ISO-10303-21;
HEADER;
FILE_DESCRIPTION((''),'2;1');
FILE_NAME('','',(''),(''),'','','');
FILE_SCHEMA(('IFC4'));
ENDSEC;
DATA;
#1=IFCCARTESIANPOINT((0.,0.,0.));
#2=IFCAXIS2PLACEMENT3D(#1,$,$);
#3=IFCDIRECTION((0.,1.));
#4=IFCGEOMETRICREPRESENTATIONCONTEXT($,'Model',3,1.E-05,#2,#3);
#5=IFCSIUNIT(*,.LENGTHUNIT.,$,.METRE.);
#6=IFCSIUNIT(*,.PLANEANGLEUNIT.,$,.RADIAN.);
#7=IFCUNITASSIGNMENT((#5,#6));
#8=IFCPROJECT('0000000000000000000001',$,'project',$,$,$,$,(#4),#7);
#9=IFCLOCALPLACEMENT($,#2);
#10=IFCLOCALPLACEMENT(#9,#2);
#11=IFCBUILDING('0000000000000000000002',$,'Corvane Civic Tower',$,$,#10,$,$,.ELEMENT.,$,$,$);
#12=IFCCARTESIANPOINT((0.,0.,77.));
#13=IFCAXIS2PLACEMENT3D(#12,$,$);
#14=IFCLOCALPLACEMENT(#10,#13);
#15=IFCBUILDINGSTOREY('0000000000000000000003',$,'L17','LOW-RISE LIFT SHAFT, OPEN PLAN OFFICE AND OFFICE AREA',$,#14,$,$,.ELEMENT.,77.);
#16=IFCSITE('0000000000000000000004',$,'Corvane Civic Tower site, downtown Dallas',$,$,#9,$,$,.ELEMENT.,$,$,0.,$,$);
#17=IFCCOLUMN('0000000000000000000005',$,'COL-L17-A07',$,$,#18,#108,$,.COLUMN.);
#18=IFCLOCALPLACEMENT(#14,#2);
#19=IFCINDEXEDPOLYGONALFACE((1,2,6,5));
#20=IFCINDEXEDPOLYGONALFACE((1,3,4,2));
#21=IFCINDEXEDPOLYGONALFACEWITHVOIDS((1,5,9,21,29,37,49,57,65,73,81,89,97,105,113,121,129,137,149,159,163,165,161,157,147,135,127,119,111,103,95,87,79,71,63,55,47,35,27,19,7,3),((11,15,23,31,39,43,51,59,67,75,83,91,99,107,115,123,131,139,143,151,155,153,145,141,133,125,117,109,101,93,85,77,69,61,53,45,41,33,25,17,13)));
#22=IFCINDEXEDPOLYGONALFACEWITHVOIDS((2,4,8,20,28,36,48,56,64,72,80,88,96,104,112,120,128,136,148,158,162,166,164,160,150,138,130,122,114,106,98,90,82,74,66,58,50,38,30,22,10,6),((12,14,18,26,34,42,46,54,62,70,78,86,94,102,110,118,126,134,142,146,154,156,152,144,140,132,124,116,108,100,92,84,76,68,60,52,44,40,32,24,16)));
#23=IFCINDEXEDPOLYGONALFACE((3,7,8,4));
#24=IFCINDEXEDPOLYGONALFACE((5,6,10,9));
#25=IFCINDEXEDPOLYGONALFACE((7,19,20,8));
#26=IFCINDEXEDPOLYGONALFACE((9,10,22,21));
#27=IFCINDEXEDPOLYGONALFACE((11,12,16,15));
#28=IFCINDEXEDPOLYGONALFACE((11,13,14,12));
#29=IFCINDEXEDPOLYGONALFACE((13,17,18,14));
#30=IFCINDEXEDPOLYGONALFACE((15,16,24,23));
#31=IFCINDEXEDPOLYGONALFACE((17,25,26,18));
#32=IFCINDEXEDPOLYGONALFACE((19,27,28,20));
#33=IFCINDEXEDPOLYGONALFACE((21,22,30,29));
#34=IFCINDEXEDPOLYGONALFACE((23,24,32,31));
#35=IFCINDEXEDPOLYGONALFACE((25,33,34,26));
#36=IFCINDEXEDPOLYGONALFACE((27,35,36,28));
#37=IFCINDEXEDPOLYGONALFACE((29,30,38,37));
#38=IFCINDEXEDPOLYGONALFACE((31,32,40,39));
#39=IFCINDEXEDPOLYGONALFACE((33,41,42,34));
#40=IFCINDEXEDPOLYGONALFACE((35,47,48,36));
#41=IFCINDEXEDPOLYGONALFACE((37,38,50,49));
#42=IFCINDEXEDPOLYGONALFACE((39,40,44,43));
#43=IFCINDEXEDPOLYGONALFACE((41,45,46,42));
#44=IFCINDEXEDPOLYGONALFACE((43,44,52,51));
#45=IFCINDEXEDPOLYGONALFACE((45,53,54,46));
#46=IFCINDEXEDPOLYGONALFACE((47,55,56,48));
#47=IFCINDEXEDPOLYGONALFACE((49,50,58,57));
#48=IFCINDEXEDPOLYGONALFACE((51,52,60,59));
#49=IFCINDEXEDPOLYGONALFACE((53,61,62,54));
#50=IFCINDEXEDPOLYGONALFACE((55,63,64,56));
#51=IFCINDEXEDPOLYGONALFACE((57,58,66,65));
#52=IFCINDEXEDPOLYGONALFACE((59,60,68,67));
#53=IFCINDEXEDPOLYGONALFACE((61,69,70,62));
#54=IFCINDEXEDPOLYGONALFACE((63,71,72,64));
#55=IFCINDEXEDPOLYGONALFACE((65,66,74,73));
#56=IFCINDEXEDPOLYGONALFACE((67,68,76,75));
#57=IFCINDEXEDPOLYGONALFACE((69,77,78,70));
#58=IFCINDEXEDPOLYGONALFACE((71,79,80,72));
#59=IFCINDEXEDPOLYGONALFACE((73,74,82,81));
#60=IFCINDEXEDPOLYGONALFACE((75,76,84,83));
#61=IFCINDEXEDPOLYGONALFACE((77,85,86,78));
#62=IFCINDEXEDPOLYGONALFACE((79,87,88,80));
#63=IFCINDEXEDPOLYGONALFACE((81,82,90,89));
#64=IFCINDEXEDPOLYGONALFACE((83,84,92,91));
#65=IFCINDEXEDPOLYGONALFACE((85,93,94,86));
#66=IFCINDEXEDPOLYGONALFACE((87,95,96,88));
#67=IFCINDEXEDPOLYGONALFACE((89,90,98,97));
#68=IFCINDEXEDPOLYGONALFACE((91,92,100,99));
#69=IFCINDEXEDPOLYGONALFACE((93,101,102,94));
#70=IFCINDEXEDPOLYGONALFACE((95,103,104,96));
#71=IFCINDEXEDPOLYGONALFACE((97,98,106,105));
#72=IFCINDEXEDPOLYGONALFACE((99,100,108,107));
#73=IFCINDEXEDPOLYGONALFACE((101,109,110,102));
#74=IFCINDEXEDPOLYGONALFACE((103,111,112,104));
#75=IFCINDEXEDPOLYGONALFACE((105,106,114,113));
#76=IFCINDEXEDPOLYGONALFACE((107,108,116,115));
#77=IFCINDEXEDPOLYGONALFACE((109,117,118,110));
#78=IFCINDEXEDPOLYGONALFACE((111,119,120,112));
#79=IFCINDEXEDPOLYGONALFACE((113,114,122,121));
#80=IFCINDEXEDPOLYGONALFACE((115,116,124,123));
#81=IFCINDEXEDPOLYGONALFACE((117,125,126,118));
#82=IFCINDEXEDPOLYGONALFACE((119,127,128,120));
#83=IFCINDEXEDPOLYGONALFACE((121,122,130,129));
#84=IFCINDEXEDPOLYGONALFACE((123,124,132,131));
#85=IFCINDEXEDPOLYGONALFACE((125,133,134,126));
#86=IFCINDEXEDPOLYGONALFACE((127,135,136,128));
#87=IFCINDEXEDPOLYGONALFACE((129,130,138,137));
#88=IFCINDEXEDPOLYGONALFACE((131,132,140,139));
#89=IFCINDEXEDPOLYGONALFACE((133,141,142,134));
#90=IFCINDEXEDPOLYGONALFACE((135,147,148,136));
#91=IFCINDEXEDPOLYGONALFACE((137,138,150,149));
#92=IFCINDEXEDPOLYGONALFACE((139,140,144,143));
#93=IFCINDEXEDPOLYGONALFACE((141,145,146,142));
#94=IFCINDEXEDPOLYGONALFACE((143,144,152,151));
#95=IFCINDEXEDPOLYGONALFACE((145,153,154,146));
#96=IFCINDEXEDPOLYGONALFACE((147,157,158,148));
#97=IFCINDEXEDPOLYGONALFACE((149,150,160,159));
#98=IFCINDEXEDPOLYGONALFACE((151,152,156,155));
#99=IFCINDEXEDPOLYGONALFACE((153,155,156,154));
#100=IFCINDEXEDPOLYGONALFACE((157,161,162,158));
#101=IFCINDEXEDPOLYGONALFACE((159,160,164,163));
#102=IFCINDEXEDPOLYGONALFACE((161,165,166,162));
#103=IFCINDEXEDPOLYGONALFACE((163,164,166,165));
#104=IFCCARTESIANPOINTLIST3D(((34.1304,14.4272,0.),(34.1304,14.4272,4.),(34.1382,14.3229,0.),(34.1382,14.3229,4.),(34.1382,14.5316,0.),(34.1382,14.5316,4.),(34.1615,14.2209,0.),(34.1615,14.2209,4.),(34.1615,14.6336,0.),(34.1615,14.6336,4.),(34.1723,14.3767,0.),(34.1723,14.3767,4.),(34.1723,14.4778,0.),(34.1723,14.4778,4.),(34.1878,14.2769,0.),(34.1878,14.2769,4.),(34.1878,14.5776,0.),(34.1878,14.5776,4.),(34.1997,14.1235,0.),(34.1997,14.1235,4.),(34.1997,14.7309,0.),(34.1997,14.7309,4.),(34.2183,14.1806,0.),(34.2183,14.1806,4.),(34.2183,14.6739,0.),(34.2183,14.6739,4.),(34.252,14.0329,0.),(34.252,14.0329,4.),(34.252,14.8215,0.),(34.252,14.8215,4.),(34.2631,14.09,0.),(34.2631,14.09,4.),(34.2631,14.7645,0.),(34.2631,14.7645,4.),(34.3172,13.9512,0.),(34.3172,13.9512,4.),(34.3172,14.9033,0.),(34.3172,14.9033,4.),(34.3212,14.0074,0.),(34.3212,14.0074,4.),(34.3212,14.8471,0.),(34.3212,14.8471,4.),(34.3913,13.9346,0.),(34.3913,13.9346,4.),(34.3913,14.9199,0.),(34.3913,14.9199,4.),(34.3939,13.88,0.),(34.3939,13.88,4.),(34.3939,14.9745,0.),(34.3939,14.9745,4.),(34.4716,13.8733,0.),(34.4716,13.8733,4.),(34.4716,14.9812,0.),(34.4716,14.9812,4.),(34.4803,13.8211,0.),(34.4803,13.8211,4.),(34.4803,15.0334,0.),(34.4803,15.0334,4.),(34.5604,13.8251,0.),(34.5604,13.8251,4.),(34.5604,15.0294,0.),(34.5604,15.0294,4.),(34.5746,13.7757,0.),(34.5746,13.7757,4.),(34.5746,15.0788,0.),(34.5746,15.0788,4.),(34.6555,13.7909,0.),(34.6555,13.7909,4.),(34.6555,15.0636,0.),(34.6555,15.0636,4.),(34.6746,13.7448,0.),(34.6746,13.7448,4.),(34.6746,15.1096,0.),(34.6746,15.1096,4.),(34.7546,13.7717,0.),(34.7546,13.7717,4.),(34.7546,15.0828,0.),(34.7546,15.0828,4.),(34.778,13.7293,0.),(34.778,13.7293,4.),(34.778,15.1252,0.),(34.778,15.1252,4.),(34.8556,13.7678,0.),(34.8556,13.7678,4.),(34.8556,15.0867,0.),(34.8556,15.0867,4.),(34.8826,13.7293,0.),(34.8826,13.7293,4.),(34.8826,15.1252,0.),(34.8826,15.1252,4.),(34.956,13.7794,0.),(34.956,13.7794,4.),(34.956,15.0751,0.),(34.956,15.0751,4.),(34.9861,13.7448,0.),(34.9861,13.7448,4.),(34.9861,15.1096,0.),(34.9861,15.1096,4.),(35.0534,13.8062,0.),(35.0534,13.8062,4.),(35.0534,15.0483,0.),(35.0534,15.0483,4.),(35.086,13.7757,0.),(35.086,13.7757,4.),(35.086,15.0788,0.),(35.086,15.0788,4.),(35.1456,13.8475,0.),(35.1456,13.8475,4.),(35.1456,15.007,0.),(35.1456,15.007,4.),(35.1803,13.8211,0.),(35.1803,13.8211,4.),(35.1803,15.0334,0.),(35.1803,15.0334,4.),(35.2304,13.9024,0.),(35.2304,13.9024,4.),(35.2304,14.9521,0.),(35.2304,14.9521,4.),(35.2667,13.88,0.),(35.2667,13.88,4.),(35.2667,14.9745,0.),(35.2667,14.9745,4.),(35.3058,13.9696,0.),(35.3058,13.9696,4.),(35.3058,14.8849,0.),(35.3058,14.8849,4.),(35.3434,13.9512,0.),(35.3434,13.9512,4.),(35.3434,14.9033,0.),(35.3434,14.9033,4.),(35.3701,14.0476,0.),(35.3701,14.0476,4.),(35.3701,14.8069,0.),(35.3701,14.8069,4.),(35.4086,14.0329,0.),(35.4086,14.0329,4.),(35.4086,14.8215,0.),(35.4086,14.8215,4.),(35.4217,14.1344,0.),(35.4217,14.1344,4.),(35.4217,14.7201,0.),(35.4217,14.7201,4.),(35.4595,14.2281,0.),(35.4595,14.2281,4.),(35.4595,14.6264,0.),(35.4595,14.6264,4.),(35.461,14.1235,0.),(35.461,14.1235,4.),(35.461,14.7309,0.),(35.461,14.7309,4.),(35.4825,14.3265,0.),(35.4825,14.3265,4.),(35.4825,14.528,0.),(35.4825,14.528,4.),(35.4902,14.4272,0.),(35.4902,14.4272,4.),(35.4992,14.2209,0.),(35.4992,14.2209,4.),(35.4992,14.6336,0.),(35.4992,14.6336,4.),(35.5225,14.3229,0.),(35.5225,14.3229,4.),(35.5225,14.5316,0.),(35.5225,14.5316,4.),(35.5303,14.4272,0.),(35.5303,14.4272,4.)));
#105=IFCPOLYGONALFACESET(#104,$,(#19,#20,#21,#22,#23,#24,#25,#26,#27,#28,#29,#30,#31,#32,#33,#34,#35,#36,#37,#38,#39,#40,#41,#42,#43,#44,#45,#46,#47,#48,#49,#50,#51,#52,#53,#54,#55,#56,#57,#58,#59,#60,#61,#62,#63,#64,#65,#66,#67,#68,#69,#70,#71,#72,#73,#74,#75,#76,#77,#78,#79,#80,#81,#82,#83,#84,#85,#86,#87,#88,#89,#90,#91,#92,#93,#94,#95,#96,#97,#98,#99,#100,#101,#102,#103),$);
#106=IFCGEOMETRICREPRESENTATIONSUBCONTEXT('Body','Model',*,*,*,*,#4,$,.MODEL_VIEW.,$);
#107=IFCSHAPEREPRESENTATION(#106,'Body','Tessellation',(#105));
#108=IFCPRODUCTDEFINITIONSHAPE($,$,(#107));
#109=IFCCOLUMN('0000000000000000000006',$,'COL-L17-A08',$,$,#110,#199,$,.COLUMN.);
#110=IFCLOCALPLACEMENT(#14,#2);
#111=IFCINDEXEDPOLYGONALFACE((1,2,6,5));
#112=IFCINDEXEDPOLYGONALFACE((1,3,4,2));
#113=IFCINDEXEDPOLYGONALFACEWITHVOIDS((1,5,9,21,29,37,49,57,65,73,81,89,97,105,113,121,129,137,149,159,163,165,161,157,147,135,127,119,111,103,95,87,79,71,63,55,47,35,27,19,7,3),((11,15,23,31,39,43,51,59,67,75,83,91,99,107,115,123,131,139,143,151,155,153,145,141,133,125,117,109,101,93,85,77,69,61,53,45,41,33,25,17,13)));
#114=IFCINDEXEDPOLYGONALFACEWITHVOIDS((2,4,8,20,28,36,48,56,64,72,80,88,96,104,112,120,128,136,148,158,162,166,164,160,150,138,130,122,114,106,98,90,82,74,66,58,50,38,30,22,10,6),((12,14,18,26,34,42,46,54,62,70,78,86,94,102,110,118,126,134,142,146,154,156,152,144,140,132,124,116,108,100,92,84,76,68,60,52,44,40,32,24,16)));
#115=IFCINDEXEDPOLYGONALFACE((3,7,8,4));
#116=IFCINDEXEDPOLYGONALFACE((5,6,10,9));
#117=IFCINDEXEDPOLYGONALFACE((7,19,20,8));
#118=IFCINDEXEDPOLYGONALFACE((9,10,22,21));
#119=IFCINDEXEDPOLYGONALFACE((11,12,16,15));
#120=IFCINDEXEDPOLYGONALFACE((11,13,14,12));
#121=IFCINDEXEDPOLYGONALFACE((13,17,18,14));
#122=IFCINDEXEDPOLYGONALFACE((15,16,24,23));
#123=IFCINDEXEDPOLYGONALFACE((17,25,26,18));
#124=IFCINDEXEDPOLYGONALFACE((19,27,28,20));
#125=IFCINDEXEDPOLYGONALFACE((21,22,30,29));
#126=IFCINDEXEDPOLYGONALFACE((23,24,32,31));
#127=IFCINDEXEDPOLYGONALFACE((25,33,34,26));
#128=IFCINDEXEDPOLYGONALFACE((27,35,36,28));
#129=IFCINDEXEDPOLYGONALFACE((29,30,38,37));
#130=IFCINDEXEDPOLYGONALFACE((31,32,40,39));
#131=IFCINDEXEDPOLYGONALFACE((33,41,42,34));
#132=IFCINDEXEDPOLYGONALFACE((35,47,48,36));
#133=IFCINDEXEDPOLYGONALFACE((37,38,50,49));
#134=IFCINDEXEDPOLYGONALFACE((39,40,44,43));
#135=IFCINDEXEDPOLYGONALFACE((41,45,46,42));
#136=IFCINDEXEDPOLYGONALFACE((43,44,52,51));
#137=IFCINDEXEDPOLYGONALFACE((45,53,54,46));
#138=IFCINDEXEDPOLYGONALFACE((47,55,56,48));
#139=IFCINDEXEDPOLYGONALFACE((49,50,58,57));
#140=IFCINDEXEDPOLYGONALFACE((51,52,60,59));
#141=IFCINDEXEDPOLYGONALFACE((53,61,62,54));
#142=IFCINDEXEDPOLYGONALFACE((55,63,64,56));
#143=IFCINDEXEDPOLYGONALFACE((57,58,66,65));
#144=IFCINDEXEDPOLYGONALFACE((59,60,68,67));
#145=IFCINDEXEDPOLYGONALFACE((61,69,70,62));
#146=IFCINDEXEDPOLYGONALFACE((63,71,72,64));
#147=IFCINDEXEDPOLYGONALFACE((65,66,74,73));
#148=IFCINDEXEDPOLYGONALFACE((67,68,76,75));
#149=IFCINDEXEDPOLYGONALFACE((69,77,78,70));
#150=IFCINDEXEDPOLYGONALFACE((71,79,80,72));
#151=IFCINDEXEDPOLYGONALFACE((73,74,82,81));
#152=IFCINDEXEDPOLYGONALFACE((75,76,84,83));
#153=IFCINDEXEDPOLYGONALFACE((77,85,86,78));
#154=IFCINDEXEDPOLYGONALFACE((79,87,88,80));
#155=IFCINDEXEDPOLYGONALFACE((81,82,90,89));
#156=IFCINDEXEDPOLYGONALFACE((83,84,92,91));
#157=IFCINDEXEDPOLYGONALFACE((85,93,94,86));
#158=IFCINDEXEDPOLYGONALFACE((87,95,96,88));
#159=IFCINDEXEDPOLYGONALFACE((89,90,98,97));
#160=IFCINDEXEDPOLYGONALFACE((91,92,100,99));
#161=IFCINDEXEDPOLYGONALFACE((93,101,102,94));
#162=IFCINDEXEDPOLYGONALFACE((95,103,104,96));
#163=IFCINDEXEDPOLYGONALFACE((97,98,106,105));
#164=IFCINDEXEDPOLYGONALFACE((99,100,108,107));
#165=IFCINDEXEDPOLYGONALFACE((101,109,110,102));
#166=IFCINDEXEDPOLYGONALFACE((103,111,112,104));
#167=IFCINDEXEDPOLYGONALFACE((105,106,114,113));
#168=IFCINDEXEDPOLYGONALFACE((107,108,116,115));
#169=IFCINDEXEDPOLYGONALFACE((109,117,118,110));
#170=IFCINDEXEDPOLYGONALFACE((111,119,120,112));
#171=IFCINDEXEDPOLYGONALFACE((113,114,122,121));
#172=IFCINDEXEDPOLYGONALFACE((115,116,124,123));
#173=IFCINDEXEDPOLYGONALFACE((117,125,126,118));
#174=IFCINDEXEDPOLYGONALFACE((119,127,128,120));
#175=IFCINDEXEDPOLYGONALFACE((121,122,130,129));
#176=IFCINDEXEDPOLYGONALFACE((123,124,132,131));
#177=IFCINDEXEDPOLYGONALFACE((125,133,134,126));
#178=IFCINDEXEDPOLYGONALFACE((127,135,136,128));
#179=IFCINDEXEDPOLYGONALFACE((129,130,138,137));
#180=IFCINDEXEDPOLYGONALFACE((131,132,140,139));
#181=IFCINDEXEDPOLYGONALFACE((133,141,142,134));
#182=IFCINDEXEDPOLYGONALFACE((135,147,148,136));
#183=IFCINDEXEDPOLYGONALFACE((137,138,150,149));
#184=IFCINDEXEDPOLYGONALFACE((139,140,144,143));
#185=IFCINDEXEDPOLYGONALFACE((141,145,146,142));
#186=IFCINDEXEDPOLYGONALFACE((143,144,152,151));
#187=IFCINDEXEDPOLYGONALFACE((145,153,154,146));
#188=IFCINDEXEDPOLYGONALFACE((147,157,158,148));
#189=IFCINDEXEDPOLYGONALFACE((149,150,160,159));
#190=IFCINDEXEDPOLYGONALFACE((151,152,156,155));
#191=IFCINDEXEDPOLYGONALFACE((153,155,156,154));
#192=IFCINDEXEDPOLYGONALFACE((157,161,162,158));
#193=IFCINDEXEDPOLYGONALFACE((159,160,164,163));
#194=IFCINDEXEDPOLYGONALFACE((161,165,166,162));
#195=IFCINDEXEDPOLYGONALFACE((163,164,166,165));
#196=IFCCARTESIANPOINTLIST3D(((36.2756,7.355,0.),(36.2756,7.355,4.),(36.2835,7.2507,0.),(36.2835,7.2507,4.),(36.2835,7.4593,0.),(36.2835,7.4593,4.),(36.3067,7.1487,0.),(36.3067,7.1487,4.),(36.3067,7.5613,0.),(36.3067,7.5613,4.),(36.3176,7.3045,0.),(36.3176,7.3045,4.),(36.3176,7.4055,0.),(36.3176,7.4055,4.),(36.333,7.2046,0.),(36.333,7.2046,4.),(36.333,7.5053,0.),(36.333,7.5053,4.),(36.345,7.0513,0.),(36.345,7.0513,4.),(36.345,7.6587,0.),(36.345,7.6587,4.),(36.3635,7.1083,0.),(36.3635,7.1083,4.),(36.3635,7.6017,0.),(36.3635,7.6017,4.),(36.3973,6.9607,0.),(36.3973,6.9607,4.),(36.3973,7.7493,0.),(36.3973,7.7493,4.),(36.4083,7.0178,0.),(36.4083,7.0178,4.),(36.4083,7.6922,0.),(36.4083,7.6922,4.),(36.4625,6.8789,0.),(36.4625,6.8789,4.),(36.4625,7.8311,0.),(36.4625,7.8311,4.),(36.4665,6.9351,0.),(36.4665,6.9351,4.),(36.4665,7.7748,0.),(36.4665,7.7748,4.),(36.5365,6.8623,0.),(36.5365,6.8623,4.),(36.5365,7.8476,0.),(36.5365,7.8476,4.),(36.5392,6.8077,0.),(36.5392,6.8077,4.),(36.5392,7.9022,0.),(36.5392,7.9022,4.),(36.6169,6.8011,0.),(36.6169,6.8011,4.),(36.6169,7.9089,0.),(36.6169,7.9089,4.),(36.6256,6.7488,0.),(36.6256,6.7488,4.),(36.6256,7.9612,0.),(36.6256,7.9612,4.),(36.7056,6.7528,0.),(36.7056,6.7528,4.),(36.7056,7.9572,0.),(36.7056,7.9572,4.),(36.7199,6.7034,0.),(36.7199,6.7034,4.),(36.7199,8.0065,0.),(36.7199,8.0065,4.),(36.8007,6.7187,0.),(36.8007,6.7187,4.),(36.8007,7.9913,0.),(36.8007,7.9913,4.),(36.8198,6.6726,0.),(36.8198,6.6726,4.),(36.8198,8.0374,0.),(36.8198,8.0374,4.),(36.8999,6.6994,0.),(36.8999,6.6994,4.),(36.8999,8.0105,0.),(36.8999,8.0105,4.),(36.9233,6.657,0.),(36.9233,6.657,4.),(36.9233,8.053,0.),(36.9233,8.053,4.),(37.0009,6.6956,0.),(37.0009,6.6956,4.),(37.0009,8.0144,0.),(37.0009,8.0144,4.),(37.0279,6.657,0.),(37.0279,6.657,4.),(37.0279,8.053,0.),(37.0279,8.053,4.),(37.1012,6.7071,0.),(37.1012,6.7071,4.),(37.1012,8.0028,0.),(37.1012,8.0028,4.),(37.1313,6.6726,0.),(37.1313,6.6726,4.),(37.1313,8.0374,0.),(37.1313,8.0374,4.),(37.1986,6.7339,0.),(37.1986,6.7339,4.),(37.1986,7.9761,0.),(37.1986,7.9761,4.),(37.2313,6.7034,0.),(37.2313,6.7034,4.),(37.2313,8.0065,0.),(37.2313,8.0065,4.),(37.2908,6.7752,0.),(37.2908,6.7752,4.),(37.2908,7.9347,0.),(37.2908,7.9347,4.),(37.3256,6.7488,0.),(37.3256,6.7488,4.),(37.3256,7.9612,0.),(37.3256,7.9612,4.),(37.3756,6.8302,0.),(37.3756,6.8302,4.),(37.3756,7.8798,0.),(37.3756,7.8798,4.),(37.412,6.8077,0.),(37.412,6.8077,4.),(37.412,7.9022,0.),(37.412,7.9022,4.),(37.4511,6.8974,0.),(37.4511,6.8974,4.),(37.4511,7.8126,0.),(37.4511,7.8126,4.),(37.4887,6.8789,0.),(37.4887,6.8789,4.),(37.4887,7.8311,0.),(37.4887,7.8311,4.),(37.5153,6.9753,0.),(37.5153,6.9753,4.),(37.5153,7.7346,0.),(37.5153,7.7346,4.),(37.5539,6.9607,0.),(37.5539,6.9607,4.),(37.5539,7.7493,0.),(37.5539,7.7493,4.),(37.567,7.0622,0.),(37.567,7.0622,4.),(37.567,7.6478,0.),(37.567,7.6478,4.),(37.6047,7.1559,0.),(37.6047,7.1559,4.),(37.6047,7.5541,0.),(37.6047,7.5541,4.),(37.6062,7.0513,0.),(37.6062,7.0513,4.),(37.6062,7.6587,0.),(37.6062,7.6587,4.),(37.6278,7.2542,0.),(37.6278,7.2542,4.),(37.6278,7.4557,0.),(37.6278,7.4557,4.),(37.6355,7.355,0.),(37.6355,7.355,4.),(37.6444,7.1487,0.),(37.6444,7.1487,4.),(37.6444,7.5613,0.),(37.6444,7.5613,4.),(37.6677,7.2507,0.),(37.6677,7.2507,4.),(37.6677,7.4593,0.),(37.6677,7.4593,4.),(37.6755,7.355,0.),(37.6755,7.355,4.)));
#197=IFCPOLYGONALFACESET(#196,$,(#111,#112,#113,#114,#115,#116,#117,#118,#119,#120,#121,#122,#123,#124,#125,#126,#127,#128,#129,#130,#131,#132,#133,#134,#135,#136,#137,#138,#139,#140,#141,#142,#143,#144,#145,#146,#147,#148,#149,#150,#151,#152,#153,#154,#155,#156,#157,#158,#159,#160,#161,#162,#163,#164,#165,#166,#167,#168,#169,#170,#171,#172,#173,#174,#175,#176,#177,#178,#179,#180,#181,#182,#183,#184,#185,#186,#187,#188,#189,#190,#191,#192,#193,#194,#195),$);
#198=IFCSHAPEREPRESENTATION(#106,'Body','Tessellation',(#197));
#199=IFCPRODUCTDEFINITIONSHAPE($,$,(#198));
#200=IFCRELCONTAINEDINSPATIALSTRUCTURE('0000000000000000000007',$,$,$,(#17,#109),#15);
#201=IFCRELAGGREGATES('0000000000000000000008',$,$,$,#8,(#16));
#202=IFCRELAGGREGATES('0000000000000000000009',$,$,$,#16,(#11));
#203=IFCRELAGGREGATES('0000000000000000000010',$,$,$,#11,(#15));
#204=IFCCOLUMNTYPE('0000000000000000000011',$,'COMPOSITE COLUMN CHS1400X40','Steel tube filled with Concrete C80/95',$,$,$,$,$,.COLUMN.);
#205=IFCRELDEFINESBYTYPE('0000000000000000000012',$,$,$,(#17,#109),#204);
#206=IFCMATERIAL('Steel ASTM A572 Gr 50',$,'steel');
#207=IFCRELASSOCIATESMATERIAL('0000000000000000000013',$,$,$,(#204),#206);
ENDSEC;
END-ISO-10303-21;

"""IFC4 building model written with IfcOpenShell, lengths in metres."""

from ifc_helpers import new_model, si_unit, direction, frame, origin, origin_2d, place, context, subcontext, project, spatial, hollow_circle, extrude, material, material_profile, profile_set, type_object, element, save


model = new_model("IFC4")

# Units and contexts
model_context = context("Model", 3, precision=1e-05, world=origin(), true_north=direction((0.0, 1.0)))
body_context = subcontext(model_context, "Body", "Model", "MODEL_VIEW")
ifc_project = project(units=[si_unit("LENGTHUNIT", "METRE"), si_unit("PLANEANGLEUNIT", "RADIAN")], contexts=[model_context])

# Site, building, storey
site_placement = place(None, origin())
site = spatial("IfcSite", under=ifc_project, at=site_placement, Name="Corvane Civic Tower site, downtown Dallas", CompositionType="ELEMENT", RefElevation=0.0)
building_placement = place(site_placement, origin())
building = spatial("IfcBuilding", under=site, at=building_placement, Name="Corvane Civic Tower", CompositionType="ELEMENT")
storey_placement = place(building_placement, frame((0.0, 0.0, 77.0)))
storey = spatial("IfcBuildingStorey", under=building, at=storey_placement, Name="L17", Description="LOW-RISE LIFT SHAFT, OPEN PLAN OFFICE AND OFFICE AREA", CompositionType="ELEMENT", Elevation=77.0)

# Columns
ifc_material_1 = material(Name="Steel ASTM A572 Gr 50", Category="steel")
ifc_material_profile_1 = material_profile(ifc_material_1, hollow_circle(Radius=0.7, WallThickness=0.04, at=origin_2d()), Name="CHS1400X40")
ifc_profile_set_1 = profile_set([ifc_material_profile_1], Name="Steel ASTM A572 Gr 50")
column_type = type_object("IfcColumnType", Name="COMPOSITE COLUMN CHS1400X40", Description="Steel tube filled with Concrete C80/95", PredefinedType="COLUMN", material=ifc_profile_set_1)
for number, where, z_axis, x_axis, name in (
    (1, (34.8303, 14.4272, 0.0), (0.0, 0.0, 1.0), (1.0, 0.0, 0.0), "COL-L17-A07"),
    (2, (36.9756, 7.355, 0.0), (0.0, 0.0, 1.0), (1.0, 0.0, 0.0), "COL-L17-A08"),
):
    element("IfcColumn", number, at=place(storey_placement, frame(where, z_axis=z_axis, x_axis=x_axis)), inside=storey, type_object=column_type, Name=name, PredefinedType="COLUMN", context=body_context, shape_type="SweptSolid", body=[
        extrude(hollow_circle(Radius=0.7, WallThickness=0.04, at=origin_2d()), origin(), (0.0, 0.0, 1.0), 4.0),
    ])

save(model, "model.ifc")
